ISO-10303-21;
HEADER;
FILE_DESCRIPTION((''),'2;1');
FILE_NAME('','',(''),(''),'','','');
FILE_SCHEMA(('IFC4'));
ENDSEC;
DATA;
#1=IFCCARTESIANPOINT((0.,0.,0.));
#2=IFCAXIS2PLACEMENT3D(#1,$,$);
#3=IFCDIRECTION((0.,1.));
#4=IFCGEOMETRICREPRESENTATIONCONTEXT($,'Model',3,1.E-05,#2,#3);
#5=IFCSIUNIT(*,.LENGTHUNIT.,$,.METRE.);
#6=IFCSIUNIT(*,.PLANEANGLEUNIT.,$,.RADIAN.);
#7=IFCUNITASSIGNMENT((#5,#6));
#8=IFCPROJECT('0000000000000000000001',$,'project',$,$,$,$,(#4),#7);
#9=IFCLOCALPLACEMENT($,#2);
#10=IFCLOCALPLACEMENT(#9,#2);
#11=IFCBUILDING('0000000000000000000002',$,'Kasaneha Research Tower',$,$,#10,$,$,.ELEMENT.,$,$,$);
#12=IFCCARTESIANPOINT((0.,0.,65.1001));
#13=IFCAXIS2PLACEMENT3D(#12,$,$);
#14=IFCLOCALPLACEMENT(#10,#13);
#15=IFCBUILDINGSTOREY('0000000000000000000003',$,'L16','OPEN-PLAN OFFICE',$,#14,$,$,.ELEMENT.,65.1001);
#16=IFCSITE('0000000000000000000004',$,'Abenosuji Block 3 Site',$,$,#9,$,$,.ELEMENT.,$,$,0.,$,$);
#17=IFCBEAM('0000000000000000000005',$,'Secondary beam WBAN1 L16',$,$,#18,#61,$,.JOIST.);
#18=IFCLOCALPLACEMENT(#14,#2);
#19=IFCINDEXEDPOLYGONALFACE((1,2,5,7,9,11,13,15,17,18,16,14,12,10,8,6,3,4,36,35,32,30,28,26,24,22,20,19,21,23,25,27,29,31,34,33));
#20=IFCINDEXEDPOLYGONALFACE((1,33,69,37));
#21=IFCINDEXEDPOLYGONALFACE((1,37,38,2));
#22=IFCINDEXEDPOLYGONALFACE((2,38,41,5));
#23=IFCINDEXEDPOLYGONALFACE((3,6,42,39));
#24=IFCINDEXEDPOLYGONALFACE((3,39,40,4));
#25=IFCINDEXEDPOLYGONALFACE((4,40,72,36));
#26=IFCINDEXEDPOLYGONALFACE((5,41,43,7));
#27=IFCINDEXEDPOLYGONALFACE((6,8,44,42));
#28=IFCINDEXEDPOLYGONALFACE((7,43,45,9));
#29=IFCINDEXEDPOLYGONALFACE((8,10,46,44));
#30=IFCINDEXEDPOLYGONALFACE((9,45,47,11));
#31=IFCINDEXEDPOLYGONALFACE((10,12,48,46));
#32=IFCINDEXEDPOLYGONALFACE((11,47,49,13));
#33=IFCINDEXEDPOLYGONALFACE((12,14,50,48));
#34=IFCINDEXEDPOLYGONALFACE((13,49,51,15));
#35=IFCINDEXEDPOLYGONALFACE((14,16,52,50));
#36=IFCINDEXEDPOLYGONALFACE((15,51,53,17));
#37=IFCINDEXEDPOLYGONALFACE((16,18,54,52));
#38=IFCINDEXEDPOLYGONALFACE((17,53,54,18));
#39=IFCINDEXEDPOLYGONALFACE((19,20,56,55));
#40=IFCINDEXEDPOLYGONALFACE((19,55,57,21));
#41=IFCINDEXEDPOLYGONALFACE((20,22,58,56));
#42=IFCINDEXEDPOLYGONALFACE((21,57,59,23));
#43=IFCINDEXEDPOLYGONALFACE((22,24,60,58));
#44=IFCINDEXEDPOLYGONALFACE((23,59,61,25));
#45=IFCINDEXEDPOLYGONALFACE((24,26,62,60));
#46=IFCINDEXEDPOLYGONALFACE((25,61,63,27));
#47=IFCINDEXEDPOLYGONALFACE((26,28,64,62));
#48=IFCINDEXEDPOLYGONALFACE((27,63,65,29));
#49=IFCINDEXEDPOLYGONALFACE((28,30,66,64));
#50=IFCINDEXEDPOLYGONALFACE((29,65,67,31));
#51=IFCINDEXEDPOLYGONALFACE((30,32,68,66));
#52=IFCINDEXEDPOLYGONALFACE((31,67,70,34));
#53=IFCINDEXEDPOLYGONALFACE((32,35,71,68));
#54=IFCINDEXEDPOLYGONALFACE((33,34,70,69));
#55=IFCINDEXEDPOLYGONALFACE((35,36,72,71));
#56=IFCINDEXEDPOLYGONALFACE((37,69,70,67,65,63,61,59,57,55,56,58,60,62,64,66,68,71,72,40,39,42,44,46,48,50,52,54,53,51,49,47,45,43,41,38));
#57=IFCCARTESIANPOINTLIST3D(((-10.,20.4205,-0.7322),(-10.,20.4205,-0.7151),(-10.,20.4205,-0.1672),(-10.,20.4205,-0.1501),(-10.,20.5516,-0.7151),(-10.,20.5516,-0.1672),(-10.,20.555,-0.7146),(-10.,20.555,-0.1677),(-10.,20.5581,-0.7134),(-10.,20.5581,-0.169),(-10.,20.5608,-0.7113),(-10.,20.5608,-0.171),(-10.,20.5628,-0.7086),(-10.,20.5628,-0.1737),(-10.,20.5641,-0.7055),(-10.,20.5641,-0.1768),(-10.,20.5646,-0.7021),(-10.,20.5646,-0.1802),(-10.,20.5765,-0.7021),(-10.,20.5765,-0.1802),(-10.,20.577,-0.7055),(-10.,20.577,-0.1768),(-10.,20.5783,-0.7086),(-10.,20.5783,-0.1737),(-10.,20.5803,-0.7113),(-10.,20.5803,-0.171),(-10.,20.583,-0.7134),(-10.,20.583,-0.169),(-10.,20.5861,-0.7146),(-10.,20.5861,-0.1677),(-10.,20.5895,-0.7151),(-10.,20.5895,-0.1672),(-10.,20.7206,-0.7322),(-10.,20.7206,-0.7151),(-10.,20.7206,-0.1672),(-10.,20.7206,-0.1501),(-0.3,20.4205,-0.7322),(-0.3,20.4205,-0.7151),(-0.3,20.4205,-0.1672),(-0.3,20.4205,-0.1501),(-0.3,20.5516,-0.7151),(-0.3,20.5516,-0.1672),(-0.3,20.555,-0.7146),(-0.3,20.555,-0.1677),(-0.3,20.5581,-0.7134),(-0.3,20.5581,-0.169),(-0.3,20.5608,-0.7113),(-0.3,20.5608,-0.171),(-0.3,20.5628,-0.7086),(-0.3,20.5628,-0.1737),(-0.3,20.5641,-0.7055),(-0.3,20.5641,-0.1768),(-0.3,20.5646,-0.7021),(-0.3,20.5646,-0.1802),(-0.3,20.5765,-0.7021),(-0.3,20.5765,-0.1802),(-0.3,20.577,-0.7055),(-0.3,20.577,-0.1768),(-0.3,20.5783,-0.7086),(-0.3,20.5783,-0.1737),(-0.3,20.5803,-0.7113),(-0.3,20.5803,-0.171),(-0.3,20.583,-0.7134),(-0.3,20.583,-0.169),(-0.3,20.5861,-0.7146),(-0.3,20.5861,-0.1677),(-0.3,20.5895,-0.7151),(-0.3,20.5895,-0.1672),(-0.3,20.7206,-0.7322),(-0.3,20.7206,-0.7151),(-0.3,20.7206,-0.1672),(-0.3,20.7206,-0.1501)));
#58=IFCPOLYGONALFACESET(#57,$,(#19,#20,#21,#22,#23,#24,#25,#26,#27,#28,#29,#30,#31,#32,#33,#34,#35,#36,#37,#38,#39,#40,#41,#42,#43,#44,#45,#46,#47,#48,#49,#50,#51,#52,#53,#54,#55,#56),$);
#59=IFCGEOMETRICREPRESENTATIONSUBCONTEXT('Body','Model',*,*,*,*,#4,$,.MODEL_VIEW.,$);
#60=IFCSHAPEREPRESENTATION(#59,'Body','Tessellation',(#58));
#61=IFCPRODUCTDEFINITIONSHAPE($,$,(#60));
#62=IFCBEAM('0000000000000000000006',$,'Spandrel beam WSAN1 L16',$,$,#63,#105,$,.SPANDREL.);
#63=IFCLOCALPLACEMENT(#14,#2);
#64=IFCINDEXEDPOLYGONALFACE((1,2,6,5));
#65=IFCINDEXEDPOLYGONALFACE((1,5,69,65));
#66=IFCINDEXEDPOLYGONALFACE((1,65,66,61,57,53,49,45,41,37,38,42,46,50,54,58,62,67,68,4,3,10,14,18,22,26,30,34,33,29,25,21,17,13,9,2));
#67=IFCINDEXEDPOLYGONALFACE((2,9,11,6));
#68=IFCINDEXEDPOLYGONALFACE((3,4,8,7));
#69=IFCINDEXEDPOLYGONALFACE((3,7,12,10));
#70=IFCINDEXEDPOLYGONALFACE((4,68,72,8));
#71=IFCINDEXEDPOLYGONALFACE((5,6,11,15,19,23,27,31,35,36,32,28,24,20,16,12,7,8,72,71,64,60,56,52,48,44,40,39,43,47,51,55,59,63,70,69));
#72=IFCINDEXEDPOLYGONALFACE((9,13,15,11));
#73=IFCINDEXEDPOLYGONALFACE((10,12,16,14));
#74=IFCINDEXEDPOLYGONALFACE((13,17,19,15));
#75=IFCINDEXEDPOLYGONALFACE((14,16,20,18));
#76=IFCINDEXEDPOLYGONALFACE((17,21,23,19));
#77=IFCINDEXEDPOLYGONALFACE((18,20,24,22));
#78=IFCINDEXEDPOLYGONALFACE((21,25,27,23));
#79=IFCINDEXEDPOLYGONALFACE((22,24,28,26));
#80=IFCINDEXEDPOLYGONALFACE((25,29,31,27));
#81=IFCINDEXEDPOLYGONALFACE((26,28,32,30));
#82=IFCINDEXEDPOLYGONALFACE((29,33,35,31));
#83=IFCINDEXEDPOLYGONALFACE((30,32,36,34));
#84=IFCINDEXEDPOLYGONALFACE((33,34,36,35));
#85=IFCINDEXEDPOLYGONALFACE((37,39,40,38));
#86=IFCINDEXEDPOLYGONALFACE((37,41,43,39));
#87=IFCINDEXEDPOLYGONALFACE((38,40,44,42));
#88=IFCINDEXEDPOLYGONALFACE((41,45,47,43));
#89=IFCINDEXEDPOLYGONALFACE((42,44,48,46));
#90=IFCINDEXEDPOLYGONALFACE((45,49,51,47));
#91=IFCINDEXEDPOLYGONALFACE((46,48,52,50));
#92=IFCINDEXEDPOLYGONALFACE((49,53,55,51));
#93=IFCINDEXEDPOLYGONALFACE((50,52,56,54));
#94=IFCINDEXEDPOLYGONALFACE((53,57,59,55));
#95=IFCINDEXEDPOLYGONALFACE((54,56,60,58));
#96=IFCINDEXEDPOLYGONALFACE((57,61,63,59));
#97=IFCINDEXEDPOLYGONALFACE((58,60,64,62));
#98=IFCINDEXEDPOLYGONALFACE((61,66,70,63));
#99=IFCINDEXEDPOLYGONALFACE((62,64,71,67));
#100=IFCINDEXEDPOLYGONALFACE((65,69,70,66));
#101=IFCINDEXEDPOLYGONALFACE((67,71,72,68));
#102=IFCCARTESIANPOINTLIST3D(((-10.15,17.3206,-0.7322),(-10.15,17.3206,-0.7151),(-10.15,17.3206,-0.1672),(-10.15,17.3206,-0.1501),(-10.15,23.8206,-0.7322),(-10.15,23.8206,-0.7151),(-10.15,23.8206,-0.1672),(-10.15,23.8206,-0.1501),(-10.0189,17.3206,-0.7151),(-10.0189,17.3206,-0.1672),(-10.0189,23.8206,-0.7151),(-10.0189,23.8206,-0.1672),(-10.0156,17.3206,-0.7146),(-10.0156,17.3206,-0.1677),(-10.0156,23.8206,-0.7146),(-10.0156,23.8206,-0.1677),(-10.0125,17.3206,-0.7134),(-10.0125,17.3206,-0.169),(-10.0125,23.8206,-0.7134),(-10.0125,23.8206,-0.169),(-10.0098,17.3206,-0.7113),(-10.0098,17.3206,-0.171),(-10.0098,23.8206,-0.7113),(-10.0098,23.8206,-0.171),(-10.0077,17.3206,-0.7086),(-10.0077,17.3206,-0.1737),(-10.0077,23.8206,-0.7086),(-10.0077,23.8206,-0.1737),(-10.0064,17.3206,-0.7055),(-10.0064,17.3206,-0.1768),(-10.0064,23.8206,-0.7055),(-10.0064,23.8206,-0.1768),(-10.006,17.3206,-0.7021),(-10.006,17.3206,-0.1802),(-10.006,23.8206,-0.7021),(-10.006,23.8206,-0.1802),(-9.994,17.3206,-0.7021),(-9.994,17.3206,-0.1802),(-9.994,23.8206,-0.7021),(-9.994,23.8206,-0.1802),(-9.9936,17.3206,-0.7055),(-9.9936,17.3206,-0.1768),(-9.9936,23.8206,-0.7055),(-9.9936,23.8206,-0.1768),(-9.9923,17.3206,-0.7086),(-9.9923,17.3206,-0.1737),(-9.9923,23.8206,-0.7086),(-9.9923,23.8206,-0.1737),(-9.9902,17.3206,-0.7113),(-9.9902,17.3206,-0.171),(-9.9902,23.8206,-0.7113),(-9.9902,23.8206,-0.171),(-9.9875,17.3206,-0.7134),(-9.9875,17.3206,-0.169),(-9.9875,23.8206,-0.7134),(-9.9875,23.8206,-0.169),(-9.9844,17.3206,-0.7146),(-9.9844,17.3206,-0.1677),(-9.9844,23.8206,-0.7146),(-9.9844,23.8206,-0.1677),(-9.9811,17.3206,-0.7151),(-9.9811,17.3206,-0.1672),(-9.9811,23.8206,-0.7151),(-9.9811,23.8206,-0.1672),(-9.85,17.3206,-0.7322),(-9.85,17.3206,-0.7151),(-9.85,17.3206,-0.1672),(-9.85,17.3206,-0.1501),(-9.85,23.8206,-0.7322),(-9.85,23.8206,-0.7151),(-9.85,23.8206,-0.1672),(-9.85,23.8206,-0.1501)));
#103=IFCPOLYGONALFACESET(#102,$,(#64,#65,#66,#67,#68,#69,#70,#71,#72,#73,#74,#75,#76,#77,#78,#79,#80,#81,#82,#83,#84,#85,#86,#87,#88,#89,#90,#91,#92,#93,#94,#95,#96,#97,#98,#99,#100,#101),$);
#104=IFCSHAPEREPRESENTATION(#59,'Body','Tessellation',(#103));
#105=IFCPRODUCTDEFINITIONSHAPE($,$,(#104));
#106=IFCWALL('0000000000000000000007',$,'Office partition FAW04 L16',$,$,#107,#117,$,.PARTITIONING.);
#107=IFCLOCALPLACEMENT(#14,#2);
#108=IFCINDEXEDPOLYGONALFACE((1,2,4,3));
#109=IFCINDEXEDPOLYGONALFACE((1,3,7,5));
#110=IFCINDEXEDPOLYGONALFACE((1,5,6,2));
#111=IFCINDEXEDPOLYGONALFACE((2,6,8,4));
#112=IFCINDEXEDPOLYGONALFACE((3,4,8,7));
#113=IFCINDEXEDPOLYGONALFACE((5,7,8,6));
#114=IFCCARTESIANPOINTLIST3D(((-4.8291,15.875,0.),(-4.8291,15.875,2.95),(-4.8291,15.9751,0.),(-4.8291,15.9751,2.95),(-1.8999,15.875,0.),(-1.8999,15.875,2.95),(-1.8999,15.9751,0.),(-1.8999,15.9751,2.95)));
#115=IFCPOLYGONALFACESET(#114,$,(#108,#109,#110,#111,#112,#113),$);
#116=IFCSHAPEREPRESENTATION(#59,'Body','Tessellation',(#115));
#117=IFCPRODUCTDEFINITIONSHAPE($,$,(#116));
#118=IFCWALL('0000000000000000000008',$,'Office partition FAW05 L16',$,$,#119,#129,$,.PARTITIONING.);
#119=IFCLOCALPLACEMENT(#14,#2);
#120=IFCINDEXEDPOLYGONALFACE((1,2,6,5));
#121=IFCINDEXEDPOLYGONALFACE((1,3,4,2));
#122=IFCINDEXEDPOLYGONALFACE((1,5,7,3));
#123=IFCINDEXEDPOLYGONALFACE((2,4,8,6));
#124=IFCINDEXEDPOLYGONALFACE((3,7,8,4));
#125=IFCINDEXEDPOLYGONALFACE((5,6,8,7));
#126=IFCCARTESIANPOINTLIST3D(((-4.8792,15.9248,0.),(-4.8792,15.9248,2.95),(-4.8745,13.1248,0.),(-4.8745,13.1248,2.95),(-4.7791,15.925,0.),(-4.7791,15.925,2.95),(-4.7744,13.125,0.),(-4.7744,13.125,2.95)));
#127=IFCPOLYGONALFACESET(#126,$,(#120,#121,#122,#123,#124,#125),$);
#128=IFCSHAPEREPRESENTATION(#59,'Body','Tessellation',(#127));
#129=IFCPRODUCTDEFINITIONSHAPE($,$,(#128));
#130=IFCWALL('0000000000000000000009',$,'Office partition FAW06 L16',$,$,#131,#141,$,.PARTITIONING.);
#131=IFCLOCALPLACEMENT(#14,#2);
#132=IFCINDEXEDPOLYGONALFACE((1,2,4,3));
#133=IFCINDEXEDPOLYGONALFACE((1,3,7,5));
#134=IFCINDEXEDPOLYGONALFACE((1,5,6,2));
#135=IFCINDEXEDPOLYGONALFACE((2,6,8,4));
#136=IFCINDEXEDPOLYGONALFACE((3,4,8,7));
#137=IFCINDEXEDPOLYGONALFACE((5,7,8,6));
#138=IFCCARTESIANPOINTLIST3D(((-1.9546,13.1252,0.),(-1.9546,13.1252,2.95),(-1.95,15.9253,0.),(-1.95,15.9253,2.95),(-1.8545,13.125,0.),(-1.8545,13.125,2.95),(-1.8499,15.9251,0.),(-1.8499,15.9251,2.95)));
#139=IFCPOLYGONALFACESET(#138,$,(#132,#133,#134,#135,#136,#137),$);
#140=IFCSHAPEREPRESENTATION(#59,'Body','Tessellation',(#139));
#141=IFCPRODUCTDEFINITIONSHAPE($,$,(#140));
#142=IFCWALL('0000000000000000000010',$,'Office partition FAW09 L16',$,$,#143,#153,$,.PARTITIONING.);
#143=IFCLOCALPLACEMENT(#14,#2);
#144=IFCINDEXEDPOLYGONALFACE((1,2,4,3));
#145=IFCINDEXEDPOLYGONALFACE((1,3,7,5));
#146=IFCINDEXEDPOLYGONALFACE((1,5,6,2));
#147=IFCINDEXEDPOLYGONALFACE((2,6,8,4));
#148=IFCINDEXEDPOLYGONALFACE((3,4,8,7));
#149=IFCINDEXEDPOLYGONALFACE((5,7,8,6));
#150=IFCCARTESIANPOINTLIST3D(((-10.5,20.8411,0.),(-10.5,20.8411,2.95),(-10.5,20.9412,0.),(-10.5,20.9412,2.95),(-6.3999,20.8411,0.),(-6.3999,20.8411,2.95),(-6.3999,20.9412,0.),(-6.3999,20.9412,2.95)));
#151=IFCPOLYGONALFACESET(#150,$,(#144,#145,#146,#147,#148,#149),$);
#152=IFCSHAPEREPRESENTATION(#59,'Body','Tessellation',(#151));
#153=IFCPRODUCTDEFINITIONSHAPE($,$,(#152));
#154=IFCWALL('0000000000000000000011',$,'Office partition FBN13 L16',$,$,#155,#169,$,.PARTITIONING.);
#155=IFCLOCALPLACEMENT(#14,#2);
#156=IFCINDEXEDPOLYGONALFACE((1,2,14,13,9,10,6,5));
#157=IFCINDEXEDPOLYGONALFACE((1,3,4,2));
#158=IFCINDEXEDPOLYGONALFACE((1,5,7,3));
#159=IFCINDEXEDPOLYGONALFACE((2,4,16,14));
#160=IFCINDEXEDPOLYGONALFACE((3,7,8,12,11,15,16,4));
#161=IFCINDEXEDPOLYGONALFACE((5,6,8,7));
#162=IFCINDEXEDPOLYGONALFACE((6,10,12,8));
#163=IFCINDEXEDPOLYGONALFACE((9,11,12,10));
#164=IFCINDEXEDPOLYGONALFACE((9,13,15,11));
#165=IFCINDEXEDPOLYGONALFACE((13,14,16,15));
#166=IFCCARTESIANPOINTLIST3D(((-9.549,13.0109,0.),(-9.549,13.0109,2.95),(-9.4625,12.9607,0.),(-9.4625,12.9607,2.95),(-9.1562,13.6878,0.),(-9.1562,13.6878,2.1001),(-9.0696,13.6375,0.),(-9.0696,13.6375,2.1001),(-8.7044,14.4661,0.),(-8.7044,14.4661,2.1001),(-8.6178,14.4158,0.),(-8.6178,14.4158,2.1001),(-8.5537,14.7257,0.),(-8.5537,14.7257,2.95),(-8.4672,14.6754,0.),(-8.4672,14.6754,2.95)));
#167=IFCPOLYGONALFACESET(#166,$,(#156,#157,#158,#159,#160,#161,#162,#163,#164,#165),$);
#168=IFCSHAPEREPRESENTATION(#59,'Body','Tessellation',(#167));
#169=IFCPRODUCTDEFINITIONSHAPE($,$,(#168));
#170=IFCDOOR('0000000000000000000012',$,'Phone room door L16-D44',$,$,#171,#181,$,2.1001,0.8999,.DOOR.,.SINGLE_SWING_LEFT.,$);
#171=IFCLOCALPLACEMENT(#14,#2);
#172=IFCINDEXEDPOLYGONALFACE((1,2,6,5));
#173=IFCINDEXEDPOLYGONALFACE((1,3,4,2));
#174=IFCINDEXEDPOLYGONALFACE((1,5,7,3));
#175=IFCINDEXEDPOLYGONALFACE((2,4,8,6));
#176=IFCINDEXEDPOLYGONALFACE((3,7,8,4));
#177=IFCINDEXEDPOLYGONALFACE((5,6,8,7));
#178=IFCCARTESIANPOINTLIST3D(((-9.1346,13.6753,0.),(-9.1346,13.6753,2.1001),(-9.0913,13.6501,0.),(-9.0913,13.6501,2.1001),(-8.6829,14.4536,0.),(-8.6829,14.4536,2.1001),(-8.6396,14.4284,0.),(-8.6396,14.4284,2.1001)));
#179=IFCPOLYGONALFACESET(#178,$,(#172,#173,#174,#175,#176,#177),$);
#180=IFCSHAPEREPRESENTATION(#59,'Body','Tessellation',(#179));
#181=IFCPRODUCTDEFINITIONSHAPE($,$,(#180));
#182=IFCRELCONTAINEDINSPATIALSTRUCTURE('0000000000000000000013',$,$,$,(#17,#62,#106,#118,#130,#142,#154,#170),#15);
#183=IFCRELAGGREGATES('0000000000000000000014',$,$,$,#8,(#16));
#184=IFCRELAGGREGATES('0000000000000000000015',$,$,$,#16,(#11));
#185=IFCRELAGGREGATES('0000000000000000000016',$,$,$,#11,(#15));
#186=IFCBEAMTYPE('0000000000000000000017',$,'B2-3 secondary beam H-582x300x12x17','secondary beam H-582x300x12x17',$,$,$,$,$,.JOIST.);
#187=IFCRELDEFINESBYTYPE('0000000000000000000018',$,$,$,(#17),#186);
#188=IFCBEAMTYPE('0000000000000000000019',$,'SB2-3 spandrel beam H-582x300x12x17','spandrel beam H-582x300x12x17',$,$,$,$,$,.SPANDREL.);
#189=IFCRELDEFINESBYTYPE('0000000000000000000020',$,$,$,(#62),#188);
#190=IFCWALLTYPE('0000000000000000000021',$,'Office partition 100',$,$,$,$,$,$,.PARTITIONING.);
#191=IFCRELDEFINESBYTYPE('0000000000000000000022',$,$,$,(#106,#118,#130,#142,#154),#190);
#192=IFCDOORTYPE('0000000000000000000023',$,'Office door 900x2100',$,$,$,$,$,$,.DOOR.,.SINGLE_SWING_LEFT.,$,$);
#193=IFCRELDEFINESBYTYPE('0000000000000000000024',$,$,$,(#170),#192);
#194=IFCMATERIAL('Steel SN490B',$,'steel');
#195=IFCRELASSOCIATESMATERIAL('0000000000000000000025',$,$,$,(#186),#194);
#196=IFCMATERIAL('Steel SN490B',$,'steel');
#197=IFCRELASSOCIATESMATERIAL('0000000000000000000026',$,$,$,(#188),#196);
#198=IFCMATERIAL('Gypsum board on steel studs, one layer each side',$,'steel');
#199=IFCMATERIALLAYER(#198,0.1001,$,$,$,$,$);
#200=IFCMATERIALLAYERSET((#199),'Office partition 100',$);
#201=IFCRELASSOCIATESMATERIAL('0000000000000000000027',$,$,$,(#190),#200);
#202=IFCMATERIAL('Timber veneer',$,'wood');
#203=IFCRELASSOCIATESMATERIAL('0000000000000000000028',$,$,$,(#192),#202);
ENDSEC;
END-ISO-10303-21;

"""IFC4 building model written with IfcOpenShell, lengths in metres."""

from ifc_helpers import new_model, si_unit, direction, frame, frame_2d, origin, origin_2d, place, context, subcontext, project, spatial, rectangle, i_section, extrude, material, layer, layer_set, material_profile, profile_set, type_object, element, fill, save


model = new_model("IFC4")

# Units and contexts
model_context = context("Model", 3, precision=1e-05, world=origin(), true_north=direction((0.0, 1.0)))
body_context = subcontext(model_context, "Body", "Model", "MODEL_VIEW")
ifc_project = project(units=[si_unit("LENGTHUNIT", "METRE"), si_unit("PLANEANGLEUNIT", "RADIAN")], contexts=[model_context])

# Site, building, storey
site_placement = place(None, origin())
site = spatial("IfcSite", under=ifc_project, at=site_placement, Name="Abenosuji Block 3 Site", CompositionType="ELEMENT", RefElevation=0.0)
building_placement = place(site_placement, origin())
building = spatial("IfcBuilding", under=site, at=building_placement, Name="Kasaneha Research Tower", CompositionType="ELEMENT")
storey_placement = place(building_placement, frame((0.0, 0.0, 65.1001)))
storey = spatial("IfcBuildingStorey", under=building, at=storey_placement, Name="L16", Description="OPEN-PLAN OFFICE", CompositionType="ELEMENT", Elevation=65.1001)

# Beams
ifc_material_1 = material(Name="Steel SN490B", Category="steel")
ifc_material_profile_1 = material_profile(ifc_material_1, i_section(OverallWidth=0.3, OverallDepth=0.582, WebThickness=0.012, FlangeThickness=0.0171, FilletRadius=0.0129, at=origin_2d()), Name="H-582x300x12x17")
ifc_profile_set_1 = profile_set([ifc_material_profile_1], Name="Steel SN490B")
beam_type_1 = type_object("IfcBeamType", Name="B2-3 secondary beam H-582x300x12x17", Description="secondary beam H-582x300x12x17", PredefinedType="JOIST", material=ifc_profile_set_1)
beam_1_placement = place(storey_placement, frame((-10.0, 20.5706, -0.4412), z_axis=(1.0, 0.0, 0.0), x_axis=(0.0, 1.0, 0.0)))
element("IfcBeam", 1, at=beam_1_placement, inside=storey, type_object=beam_type_1, Name="Secondary beam WBAN1 L16", PredefinedType="JOIST", context=body_context, shape_type="SweptSolid", body=[
    extrude(i_section(OverallWidth=0.3, OverallDepth=0.582, WebThickness=0.012, FlangeThickness=0.0171, FilletRadius=0.0129, at=origin_2d()), origin(), (0.0, 0.0, 1.0), 9.7),
])
ifc_material_2 = material(Name="Steel SN490B", Category="steel")
ifc_material_profile_2 = material_profile(ifc_material_2, i_section(OverallWidth=0.3, OverallDepth=0.582, WebThickness=0.012, FlangeThickness=0.0171, FilletRadius=0.0129, at=origin_2d()), Name="H-582x300x12x17")
ifc_profile_set_2 = profile_set([ifc_material_profile_2], Name="Steel SN490B")
beam_type_2 = type_object("IfcBeamType", Name="SB2-3 spandrel beam H-582x300x12x17", Description="spandrel beam H-582x300x12x17", PredefinedType="SPANDREL", material=ifc_profile_set_2)
beam_2_placement = place(storey_placement, frame((-10.0, 17.3206, -0.4412), z_axis=(0.0, 1.0, 0.0), x_axis=(-1.0, 0.0, 0.0)))
element("IfcBeam", 2, at=beam_2_placement, inside=storey, type_object=beam_type_2, Name="Spandrel beam WSAN1 L16", PredefinedType="SPANDREL", context=body_context, shape_type="SweptSolid", body=[
    extrude(i_section(OverallWidth=0.3, OverallDepth=0.582, WebThickness=0.012, FlangeThickness=0.0171, FilletRadius=0.0129, at=origin_2d()), origin(), (0.0, 0.0, 1.0), 6.5),
])

# Walls
ifc_material_3 = material(Name="Gypsum board on steel studs, one layer each side", Category="steel")
ifc_layer_1 = layer(ifc_material_3, 0.1001)
ifc_layer_set_1 = layer_set([ifc_layer_1], Name="Office partition 100")
wall_type_1 = type_object("IfcWallType", Name="Office partition 100", PredefinedType="PARTITIONING", material=ifc_layer_set_1)
wall_1_placement = place(storey_placement, frame((-4.8291, 15.925, 0.0), z_axis=(0.0, 0.0, 1.0), x_axis=(1.0, 0.0, 0.0)))
element("IfcWall", 3, at=wall_1_placement, inside=storey, type_object=wall_type_1, Name="Office partition FAW04 L16", PredefinedType="PARTITIONING", context=body_context, shape_type="SweptSolid", body=[
    extrude(rectangle(XDim=2.9292, YDim=0.1001, at=frame_2d((1.4646, 0.0))), origin(), (0.0, 0.0, 1.0), 2.95),
])
for number, where, z_axis, x_axis, name in (
    (4, (-4.8245, 13.125, 0.0), (0.0, 0.0, 1.0), (-0.001657, 0.999999, 0.0), "Office partition FAW05 L16"),
    (5, (-1.8999, 15.925, 0.0), (0.0, 0.0, 1.0), (-0.001657, -0.999999, 0.0), "Office partition FAW06 L16"),
):
    element("IfcWall", number, at=place(storey_placement, frame(where, z_axis=z_axis, x_axis=x_axis)), inside=storey, type_object=wall_type_1, Name=name, PredefinedType="PARTITIONING", context=body_context, shape_type="SweptSolid", body=[
        extrude(rectangle(XDim=2.8, YDim=0.1001, at=frame_2d((1.3999, 0.0))), origin(), (0.0, 0.0, 1.0), 2.95),
    ])
wall_2_placement = place(storey_placement, frame((-6.3999, 20.8911, 0.0), z_axis=(0.0, 0.0, 1.0), x_axis=(-1.0, 0.0, 0.0)))
element("IfcWall", 6, at=wall_2_placement, inside=storey, type_object=wall_type_1, Name="Office partition FAW09 L16", PredefinedType="PARTITIONING", context=body_context, shape_type="SweptSolid", body=[
    extrude(rectangle(XDim=4.1001, YDim=0.1001, at=frame_2d((2.05, 0.0))), origin(), (0.0, 0.0, 1.0), 2.95),
])

# Wall, opening, door
wall_3_placement = place(storey_placement, frame((-8.5105, 14.7004, 0.0), z_axis=(0.0, 0.0, 1.0), x_axis=(-0.502002, -0.864867, 0.0)))
wall_3 = element("IfcWall", 7, at=wall_3_placement, inside=storey, type_object=wall_type_1, Name="Office partition FBN13 L16", PredefinedType="PARTITIONING", context=body_context, shape_type="SweptSolid", body=[
    extrude(rectangle(XDim=1.9827, YDim=0.1001, at=frame_2d((0.9912, 0.0))), origin(), (0.0, 0.0, 1.0), 2.95),
])
opening_1_placement = place(wall_3_placement, frame((0.3, 0.0, 0.0)))
opening_1 = element("IfcOpeningElement", 8, at=opening_1_placement, cuts=wall_3, PredefinedType="OPENING", context=body_context, shape_type="SweptSolid", body=[
    extrude(rectangle(XDim=0.8999, YDim=2.1001, at=frame_2d((0.45, 1.05))), frame((0.0, 0.0601, 0.0), z_axis=(0.0, -1.0, 0.0), x_axis=(1.0, 0.0, 0.0)), (0.0, 0.0, 1.0), 0.1201),
])
ifc_material_4 = material(Name="Timber veneer", Category="wood")
door_type_1 = type_object("IfcDoorType", Name="Office door 900x2100", OperationType="SINGLE_SWING_LEFT", PredefinedType="DOOR", material=ifc_material_4)
door_1_placement = place(opening_1_placement, origin())
door_1 = element("IfcDoor", 9, at=door_1_placement, inside=storey, type_object=door_type_1, Name="Phone room door L16-D44", OperationType="SINGLE_SWING_LEFT", OverallHeight=2.1001, OverallWidth=0.8999, PredefinedType="DOOR", context=body_context, shape_type="SweptSolid", body=[
    extrude(rectangle(XDim=0.8999, YDim=2.1001, at=frame_2d((0.45, 1.05))), frame((0.0, 0.0249, 0.0), z_axis=(0.0, -1.0, 0.0), x_axis=(1.0, 0.0, 0.0)), (0.0, 0.0, 1.0), 0.05),
])
fill(opening_1, door_1)

save(model, "model.ifc")
